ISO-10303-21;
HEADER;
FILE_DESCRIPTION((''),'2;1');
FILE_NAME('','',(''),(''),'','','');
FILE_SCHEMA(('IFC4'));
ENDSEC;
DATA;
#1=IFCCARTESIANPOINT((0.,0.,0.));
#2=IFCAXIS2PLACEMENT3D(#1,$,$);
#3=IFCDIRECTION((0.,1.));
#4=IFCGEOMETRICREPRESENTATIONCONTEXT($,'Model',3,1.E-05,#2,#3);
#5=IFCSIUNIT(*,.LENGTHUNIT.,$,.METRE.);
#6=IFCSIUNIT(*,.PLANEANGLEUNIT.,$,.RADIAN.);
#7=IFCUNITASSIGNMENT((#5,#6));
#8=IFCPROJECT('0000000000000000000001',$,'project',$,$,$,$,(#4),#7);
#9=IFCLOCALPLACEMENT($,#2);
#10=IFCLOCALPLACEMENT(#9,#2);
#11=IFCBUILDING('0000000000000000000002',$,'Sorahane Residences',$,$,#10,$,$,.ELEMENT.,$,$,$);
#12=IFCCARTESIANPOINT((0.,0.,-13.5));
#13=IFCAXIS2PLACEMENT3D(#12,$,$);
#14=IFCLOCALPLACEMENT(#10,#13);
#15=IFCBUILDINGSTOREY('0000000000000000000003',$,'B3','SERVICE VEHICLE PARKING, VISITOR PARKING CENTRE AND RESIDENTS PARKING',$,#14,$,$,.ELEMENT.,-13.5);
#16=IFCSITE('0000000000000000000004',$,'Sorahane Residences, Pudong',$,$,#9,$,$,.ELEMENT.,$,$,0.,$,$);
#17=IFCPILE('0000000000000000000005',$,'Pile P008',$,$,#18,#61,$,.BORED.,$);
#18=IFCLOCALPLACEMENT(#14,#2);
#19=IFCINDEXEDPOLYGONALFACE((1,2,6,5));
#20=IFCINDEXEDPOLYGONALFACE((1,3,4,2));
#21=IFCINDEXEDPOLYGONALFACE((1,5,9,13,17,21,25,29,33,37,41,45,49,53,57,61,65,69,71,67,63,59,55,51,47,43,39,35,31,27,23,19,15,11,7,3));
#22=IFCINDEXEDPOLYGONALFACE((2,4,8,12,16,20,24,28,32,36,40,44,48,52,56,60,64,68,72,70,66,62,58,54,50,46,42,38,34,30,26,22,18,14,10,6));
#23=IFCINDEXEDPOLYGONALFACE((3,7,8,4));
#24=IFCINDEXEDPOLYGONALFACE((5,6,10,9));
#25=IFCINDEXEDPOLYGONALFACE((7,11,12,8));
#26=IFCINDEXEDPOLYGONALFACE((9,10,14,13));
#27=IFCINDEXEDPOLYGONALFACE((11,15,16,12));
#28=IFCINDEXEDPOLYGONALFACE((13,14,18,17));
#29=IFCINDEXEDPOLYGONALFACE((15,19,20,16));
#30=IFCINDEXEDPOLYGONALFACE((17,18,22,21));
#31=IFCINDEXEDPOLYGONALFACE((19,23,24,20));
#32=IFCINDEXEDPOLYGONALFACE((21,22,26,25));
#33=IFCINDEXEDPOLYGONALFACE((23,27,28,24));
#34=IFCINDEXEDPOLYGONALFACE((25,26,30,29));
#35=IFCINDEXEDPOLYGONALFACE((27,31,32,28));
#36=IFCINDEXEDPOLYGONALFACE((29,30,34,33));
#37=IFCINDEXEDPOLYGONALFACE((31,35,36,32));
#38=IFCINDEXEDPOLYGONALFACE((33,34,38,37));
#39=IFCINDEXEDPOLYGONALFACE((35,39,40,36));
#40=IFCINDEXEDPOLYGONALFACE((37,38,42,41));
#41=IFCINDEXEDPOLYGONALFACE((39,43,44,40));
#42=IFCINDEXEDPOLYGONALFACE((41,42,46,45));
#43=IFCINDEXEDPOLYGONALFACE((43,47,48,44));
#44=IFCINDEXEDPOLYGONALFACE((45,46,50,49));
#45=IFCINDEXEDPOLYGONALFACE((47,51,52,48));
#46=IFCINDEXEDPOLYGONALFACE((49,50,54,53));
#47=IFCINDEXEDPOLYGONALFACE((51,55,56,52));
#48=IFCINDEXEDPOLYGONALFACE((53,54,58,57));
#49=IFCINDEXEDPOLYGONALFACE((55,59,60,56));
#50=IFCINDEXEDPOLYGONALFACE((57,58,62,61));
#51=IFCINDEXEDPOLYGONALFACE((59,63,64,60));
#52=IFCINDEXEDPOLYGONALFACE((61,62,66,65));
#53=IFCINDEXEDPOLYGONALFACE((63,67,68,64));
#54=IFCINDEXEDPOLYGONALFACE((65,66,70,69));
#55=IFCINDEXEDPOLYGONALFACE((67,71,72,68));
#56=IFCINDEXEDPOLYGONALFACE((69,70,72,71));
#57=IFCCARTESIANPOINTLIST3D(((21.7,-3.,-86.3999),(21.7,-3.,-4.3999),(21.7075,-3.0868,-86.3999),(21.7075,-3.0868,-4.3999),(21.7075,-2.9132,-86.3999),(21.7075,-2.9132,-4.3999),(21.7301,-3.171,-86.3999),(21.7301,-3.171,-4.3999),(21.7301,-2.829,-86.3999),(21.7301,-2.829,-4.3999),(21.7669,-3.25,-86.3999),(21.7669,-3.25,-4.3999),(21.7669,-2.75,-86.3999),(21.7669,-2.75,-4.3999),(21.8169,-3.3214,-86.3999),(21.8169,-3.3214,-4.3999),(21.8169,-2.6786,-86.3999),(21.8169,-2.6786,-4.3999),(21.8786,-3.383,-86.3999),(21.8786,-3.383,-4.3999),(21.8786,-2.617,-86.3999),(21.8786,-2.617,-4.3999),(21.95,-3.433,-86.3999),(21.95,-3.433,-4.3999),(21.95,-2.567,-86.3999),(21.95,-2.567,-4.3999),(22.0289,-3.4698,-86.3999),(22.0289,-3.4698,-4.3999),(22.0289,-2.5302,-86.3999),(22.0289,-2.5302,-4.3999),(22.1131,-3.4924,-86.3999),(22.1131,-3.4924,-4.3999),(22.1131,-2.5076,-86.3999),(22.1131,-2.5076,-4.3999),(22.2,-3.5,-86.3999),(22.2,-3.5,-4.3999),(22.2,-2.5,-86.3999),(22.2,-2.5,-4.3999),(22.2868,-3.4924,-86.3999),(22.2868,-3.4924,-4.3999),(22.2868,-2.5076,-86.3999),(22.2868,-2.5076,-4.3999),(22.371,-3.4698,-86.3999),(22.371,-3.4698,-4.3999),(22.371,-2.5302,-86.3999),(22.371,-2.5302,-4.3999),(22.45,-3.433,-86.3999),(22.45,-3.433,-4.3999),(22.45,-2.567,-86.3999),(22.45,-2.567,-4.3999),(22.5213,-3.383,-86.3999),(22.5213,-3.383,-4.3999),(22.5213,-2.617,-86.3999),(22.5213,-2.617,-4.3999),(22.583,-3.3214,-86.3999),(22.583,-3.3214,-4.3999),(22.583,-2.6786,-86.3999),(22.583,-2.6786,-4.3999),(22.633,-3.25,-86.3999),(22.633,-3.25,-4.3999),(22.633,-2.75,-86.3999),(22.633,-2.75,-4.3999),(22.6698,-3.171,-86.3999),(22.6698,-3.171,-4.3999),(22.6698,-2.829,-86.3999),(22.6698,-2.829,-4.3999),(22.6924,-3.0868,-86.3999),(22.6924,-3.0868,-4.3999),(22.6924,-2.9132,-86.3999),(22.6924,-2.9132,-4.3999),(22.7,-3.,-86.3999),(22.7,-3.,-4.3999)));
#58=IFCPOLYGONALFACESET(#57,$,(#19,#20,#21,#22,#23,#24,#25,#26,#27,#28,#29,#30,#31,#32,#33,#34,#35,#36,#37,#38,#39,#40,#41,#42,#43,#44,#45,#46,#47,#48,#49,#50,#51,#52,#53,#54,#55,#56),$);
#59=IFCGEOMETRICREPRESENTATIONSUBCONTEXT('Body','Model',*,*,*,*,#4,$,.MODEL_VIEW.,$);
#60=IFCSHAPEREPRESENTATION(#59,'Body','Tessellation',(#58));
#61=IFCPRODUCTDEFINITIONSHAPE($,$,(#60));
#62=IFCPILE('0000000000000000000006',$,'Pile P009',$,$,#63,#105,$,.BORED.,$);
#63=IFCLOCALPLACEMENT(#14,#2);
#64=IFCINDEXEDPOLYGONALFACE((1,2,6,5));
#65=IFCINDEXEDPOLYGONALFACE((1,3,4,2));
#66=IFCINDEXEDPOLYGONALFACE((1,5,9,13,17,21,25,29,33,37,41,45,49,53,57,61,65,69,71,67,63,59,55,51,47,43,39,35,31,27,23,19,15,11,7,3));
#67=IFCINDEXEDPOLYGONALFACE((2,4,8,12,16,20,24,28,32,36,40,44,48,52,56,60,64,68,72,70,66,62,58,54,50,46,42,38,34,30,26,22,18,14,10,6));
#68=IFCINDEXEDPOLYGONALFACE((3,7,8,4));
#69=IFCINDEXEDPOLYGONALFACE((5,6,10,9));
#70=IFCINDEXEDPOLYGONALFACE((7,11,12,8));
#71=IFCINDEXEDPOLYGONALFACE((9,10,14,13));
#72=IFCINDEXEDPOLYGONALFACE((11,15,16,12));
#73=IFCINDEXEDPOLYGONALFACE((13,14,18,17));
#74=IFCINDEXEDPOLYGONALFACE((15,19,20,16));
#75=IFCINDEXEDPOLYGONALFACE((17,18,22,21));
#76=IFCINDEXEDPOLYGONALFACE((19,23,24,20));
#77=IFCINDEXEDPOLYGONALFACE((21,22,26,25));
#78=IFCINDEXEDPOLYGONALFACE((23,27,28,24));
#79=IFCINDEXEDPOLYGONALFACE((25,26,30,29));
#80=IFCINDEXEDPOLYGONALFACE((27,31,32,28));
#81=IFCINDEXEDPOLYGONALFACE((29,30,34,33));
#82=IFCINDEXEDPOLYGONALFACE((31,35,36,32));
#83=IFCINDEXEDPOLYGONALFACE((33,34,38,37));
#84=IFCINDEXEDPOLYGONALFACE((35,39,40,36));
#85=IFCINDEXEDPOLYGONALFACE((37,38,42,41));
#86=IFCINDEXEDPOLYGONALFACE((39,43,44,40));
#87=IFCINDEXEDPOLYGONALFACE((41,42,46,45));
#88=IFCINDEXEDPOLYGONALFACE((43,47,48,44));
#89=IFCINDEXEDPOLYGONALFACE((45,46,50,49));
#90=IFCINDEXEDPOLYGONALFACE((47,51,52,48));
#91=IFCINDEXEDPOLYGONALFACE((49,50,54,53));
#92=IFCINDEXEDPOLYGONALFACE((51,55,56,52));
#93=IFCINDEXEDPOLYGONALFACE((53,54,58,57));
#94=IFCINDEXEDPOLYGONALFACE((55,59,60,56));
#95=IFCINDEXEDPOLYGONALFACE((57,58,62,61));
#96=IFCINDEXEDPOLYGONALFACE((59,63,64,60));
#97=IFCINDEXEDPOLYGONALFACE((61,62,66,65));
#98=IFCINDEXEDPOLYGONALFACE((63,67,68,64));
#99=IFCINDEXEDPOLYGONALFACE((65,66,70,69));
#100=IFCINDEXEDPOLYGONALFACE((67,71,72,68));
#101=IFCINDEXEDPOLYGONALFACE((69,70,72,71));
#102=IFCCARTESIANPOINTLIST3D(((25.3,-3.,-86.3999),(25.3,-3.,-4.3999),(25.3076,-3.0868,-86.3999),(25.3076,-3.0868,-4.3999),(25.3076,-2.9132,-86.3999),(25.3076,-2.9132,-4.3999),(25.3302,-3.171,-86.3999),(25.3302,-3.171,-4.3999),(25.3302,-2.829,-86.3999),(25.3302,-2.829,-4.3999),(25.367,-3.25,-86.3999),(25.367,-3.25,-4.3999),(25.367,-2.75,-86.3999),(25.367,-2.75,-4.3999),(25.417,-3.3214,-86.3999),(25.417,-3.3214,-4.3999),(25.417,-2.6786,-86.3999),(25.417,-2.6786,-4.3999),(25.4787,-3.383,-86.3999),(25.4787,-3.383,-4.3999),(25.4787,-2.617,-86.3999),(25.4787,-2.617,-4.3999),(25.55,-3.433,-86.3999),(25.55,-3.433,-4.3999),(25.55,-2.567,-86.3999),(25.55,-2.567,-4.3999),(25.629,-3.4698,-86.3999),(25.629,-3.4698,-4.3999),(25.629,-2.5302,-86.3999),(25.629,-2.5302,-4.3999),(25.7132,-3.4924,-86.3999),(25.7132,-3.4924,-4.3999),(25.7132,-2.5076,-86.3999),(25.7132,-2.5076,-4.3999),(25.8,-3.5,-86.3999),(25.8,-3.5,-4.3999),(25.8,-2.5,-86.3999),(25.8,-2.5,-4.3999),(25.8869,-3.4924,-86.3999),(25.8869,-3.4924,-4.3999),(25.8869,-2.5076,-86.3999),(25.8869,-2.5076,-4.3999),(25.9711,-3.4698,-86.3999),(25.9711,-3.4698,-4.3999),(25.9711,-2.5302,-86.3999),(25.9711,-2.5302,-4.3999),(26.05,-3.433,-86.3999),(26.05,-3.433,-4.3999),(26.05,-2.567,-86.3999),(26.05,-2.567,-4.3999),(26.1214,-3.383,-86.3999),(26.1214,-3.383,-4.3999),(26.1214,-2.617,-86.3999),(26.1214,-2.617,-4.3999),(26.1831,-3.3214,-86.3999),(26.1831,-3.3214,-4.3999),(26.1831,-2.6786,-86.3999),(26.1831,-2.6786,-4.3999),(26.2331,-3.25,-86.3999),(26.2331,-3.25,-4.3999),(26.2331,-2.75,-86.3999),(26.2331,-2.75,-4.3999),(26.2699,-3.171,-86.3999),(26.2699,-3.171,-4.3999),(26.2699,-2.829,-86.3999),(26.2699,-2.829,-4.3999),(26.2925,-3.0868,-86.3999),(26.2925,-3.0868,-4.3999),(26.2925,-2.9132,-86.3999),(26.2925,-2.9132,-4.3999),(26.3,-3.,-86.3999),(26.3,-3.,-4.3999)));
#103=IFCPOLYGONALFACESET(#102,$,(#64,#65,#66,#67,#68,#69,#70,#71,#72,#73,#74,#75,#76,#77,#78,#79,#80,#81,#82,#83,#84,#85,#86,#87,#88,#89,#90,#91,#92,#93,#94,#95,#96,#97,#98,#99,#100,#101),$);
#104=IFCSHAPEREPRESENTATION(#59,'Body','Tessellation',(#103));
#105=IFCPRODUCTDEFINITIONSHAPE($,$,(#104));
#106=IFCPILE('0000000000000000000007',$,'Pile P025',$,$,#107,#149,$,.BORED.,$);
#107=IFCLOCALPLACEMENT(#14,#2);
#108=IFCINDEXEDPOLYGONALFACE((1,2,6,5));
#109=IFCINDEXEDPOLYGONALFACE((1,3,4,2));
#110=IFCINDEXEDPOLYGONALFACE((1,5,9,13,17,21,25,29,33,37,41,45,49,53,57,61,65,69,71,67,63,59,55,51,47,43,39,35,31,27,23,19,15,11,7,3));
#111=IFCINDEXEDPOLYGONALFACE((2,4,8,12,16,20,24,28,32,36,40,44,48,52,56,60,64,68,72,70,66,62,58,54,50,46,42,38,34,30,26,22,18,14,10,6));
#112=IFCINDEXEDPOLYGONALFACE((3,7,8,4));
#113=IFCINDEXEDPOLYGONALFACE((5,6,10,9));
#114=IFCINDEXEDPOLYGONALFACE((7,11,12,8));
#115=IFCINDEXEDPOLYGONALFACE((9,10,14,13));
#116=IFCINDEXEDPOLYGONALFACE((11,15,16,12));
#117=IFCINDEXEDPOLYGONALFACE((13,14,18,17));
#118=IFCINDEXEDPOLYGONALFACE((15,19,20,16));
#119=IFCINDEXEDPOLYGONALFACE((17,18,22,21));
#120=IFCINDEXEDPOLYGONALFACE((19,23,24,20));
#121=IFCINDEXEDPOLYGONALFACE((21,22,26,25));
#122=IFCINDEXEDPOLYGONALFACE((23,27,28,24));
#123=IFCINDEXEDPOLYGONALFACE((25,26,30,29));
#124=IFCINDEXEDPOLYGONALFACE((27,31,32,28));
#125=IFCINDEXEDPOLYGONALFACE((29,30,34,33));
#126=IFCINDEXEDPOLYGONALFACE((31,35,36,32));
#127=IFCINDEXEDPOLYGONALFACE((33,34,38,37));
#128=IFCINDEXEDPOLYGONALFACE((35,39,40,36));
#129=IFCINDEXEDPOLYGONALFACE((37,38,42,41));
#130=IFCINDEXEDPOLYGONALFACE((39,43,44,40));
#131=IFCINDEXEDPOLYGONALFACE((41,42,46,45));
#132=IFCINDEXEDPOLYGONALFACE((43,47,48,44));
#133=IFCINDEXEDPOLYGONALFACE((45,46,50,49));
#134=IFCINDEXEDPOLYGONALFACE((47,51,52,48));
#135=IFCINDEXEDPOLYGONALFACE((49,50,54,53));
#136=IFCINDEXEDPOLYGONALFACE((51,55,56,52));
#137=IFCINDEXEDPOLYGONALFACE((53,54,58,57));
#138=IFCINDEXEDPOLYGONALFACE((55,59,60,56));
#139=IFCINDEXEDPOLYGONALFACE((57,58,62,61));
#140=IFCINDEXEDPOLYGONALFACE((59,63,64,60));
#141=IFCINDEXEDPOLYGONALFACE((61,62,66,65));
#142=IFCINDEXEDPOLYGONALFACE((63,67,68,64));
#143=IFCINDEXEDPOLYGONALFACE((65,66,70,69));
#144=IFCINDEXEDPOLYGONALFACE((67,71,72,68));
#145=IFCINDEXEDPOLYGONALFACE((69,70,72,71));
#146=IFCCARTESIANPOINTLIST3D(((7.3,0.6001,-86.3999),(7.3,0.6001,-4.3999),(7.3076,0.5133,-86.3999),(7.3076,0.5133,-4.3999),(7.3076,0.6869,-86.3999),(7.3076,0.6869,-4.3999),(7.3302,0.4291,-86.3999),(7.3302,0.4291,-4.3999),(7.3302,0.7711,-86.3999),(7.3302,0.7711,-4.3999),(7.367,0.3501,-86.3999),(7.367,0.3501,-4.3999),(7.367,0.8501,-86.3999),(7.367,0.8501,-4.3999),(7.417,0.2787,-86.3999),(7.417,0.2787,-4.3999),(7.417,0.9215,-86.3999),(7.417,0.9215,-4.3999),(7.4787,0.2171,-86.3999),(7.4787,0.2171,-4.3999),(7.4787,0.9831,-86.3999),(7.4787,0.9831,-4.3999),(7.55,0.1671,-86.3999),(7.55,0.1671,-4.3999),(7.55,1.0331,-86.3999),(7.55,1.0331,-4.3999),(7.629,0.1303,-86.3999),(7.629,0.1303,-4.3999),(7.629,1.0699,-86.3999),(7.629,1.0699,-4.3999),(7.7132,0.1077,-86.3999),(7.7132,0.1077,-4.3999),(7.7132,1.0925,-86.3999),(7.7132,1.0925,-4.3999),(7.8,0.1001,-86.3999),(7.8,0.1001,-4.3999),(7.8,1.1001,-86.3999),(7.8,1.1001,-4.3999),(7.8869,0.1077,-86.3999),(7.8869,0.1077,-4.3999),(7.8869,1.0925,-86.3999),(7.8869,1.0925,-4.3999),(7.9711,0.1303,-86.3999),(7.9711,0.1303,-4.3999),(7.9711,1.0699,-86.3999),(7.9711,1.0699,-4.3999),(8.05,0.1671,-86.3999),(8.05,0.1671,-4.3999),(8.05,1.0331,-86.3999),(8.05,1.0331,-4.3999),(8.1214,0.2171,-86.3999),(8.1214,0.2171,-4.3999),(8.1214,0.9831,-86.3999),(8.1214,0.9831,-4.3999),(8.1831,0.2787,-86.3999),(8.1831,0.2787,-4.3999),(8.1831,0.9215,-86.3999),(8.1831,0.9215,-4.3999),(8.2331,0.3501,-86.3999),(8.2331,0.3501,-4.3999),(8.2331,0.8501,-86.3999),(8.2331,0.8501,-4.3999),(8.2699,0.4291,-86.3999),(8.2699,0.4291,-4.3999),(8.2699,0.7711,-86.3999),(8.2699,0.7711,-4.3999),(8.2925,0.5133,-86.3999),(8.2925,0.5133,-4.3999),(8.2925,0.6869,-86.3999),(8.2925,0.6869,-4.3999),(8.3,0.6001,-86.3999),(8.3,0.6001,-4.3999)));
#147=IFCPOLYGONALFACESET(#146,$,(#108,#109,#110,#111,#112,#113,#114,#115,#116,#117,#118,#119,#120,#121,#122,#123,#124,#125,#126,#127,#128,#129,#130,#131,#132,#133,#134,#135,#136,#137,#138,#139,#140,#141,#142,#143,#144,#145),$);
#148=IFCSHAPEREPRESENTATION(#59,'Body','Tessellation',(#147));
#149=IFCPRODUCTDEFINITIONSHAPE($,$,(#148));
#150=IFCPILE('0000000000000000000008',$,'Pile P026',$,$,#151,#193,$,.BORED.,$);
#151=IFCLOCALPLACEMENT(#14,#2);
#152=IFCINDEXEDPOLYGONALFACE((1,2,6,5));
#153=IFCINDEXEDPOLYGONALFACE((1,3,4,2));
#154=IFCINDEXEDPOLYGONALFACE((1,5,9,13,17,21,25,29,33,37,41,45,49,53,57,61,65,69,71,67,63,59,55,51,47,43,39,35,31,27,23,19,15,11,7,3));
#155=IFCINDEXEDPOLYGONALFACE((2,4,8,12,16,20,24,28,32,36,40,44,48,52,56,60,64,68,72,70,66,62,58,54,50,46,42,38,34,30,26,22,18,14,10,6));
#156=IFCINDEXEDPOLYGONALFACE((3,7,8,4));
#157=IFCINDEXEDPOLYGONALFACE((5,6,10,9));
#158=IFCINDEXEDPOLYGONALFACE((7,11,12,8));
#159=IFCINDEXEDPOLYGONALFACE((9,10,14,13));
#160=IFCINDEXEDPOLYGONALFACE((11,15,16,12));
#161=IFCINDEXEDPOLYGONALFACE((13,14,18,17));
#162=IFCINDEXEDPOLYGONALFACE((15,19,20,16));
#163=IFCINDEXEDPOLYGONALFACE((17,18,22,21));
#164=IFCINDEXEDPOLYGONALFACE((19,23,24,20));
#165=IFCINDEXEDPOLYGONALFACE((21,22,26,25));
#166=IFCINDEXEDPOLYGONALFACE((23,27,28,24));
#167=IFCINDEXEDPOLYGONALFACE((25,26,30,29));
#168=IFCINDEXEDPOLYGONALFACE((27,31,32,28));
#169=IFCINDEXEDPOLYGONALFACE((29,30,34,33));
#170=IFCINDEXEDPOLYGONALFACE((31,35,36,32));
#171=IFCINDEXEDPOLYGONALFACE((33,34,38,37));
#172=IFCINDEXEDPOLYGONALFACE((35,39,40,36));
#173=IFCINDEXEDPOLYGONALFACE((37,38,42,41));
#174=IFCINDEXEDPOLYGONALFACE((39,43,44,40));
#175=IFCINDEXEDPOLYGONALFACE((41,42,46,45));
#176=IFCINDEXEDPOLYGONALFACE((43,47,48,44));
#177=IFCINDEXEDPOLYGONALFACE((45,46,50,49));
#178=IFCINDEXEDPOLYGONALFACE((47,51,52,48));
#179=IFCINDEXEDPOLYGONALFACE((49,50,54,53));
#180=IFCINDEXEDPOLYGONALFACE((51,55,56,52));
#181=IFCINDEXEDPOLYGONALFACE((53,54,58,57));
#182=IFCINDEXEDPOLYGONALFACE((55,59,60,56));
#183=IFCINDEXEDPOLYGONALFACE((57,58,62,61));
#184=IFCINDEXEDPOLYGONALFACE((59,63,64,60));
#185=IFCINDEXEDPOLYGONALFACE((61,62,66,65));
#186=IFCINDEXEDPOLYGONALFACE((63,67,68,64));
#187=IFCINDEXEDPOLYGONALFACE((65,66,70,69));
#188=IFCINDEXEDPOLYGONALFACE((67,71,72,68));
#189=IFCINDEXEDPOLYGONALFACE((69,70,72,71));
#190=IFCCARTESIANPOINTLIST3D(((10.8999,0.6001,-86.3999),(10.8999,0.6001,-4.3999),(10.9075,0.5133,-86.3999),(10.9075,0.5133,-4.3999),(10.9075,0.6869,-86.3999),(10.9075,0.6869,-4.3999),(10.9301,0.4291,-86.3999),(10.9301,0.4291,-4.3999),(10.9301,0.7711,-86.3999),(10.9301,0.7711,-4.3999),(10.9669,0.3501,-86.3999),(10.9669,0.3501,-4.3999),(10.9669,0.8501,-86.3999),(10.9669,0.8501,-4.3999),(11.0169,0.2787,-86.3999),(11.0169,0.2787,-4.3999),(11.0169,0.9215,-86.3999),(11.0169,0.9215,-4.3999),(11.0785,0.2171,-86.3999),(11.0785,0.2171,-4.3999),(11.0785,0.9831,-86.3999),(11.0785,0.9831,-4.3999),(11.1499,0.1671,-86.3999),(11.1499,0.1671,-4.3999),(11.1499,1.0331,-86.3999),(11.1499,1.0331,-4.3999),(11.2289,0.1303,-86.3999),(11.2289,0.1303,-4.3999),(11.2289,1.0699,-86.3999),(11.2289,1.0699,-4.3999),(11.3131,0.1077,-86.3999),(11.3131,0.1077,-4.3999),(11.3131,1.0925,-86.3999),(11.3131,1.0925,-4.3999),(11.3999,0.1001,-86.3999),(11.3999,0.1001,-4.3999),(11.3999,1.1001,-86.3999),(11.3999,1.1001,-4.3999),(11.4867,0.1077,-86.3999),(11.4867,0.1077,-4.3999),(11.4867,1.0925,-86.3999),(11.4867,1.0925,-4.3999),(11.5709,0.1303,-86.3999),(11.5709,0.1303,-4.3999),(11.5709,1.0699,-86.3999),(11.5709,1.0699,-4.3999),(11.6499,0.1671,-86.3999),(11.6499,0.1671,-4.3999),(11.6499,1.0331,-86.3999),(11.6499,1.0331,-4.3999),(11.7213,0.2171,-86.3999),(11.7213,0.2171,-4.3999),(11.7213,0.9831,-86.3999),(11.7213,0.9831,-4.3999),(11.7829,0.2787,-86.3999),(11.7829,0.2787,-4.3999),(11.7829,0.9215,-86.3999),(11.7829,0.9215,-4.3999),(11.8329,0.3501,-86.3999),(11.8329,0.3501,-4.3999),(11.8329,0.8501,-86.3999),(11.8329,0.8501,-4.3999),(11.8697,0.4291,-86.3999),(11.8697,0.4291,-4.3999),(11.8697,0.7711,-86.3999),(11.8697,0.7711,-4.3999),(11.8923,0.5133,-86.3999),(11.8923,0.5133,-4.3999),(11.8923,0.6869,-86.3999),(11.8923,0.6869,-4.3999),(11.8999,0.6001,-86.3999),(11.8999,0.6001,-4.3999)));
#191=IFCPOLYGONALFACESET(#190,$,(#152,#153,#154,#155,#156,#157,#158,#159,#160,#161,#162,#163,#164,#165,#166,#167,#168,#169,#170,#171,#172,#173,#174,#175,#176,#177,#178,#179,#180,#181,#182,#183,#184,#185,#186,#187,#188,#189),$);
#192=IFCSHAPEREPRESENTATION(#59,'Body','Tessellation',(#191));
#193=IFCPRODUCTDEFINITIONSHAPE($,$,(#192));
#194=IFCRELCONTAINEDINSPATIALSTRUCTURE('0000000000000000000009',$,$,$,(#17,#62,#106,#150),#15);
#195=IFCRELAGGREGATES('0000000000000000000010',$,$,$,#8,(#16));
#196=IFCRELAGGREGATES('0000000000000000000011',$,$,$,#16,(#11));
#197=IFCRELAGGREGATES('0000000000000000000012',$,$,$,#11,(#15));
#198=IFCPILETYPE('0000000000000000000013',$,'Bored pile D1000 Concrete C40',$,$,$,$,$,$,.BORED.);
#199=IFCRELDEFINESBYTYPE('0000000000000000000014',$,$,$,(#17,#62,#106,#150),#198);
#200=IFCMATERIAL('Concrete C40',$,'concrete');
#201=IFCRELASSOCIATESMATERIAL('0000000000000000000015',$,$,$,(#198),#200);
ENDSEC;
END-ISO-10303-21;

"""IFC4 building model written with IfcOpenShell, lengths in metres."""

from ifc_helpers import new_model, si_unit, direction, frame, origin, origin_2d, place, context, subcontext, project, spatial, circle, extrude, material, material_profile, profile_set, type_object, element, save


model = new_model("IFC4")

# Units and contexts
model_context = context("Model", 3, precision=1e-05, world=origin(), true_north=direction((0.0, 1.0)))
body_context = subcontext(model_context, "Body", "Model", "MODEL_VIEW")
ifc_project = project(units=[si_unit("LENGTHUNIT", "METRE"), si_unit("PLANEANGLEUNIT", "RADIAN")], contexts=[model_context])

# Site, building, storey
site_placement = place(None, origin())
site = spatial("IfcSite", under=ifc_project, at=site_placement, Name="Sorahane Residences, Pudong", CompositionType="ELEMENT", RefElevation=0.0)
building_placement = place(site_placement, origin())
building = spatial("IfcBuilding", under=site, at=building_placement, Name="Sorahane Residences", CompositionType="ELEMENT")
storey_placement = place(building_placement, frame((0.0, 0.0, -13.5)))
storey = spatial("IfcBuildingStorey", under=building, at=storey_placement, Name="B3", Description="SERVICE VEHICLE PARKING, VISITOR PARKING CENTRE AND RESIDENTS PARKING", CompositionType="ELEMENT", Elevation=-13.5)

# Piles
ifc_material_1 = material(Name="Concrete C40", Category="concrete")
ifc_material_profile_1 = material_profile(ifc_material_1, circle(Radius=0.5, at=origin_2d()), Name="D1000")
ifc_profile_set_1 = profile_set([ifc_material_profile_1], Name="Concrete C40")
pile_type = type_object("IfcPileType", Name="Bored pile D1000 Concrete C40", PredefinedType="BORED", material=ifc_profile_set_1)
for number, where, z_axis, x_axis, name in (
    (1, (22.2, -3.0, -4.3999), (0.0, 0.0, -1.0), (1.0, 0.0, 0.0), "Pile P008"),
    (2, (25.8, -3.0, -4.3999), (0.0, 0.0, -1.0), (1.0, 0.0, 0.0), "Pile P009"),
    (3, (7.8, 0.6001, -4.3999), (0.0, 0.0, -1.0), (1.0, 0.0, 0.0), "Pile P025"),
    (4, (11.3999, 0.6001, -4.3999), (0.0, 0.0, -1.0), (1.0, 0.0, 0.0), "Pile P026"),
):
    element("IfcPile", number, at=place(storey_placement, frame(where, z_axis=z_axis, x_axis=x_axis)), inside=storey, type_object=pile_type, Name=name, PredefinedType="BORED", context=body_context, shape_type="SweptSolid", body=[
        extrude(circle(Radius=0.5, at=origin_2d()), origin(), (0.0, 0.0, 1.0), 82.0),
    ])

save(model, "model.ifc")
